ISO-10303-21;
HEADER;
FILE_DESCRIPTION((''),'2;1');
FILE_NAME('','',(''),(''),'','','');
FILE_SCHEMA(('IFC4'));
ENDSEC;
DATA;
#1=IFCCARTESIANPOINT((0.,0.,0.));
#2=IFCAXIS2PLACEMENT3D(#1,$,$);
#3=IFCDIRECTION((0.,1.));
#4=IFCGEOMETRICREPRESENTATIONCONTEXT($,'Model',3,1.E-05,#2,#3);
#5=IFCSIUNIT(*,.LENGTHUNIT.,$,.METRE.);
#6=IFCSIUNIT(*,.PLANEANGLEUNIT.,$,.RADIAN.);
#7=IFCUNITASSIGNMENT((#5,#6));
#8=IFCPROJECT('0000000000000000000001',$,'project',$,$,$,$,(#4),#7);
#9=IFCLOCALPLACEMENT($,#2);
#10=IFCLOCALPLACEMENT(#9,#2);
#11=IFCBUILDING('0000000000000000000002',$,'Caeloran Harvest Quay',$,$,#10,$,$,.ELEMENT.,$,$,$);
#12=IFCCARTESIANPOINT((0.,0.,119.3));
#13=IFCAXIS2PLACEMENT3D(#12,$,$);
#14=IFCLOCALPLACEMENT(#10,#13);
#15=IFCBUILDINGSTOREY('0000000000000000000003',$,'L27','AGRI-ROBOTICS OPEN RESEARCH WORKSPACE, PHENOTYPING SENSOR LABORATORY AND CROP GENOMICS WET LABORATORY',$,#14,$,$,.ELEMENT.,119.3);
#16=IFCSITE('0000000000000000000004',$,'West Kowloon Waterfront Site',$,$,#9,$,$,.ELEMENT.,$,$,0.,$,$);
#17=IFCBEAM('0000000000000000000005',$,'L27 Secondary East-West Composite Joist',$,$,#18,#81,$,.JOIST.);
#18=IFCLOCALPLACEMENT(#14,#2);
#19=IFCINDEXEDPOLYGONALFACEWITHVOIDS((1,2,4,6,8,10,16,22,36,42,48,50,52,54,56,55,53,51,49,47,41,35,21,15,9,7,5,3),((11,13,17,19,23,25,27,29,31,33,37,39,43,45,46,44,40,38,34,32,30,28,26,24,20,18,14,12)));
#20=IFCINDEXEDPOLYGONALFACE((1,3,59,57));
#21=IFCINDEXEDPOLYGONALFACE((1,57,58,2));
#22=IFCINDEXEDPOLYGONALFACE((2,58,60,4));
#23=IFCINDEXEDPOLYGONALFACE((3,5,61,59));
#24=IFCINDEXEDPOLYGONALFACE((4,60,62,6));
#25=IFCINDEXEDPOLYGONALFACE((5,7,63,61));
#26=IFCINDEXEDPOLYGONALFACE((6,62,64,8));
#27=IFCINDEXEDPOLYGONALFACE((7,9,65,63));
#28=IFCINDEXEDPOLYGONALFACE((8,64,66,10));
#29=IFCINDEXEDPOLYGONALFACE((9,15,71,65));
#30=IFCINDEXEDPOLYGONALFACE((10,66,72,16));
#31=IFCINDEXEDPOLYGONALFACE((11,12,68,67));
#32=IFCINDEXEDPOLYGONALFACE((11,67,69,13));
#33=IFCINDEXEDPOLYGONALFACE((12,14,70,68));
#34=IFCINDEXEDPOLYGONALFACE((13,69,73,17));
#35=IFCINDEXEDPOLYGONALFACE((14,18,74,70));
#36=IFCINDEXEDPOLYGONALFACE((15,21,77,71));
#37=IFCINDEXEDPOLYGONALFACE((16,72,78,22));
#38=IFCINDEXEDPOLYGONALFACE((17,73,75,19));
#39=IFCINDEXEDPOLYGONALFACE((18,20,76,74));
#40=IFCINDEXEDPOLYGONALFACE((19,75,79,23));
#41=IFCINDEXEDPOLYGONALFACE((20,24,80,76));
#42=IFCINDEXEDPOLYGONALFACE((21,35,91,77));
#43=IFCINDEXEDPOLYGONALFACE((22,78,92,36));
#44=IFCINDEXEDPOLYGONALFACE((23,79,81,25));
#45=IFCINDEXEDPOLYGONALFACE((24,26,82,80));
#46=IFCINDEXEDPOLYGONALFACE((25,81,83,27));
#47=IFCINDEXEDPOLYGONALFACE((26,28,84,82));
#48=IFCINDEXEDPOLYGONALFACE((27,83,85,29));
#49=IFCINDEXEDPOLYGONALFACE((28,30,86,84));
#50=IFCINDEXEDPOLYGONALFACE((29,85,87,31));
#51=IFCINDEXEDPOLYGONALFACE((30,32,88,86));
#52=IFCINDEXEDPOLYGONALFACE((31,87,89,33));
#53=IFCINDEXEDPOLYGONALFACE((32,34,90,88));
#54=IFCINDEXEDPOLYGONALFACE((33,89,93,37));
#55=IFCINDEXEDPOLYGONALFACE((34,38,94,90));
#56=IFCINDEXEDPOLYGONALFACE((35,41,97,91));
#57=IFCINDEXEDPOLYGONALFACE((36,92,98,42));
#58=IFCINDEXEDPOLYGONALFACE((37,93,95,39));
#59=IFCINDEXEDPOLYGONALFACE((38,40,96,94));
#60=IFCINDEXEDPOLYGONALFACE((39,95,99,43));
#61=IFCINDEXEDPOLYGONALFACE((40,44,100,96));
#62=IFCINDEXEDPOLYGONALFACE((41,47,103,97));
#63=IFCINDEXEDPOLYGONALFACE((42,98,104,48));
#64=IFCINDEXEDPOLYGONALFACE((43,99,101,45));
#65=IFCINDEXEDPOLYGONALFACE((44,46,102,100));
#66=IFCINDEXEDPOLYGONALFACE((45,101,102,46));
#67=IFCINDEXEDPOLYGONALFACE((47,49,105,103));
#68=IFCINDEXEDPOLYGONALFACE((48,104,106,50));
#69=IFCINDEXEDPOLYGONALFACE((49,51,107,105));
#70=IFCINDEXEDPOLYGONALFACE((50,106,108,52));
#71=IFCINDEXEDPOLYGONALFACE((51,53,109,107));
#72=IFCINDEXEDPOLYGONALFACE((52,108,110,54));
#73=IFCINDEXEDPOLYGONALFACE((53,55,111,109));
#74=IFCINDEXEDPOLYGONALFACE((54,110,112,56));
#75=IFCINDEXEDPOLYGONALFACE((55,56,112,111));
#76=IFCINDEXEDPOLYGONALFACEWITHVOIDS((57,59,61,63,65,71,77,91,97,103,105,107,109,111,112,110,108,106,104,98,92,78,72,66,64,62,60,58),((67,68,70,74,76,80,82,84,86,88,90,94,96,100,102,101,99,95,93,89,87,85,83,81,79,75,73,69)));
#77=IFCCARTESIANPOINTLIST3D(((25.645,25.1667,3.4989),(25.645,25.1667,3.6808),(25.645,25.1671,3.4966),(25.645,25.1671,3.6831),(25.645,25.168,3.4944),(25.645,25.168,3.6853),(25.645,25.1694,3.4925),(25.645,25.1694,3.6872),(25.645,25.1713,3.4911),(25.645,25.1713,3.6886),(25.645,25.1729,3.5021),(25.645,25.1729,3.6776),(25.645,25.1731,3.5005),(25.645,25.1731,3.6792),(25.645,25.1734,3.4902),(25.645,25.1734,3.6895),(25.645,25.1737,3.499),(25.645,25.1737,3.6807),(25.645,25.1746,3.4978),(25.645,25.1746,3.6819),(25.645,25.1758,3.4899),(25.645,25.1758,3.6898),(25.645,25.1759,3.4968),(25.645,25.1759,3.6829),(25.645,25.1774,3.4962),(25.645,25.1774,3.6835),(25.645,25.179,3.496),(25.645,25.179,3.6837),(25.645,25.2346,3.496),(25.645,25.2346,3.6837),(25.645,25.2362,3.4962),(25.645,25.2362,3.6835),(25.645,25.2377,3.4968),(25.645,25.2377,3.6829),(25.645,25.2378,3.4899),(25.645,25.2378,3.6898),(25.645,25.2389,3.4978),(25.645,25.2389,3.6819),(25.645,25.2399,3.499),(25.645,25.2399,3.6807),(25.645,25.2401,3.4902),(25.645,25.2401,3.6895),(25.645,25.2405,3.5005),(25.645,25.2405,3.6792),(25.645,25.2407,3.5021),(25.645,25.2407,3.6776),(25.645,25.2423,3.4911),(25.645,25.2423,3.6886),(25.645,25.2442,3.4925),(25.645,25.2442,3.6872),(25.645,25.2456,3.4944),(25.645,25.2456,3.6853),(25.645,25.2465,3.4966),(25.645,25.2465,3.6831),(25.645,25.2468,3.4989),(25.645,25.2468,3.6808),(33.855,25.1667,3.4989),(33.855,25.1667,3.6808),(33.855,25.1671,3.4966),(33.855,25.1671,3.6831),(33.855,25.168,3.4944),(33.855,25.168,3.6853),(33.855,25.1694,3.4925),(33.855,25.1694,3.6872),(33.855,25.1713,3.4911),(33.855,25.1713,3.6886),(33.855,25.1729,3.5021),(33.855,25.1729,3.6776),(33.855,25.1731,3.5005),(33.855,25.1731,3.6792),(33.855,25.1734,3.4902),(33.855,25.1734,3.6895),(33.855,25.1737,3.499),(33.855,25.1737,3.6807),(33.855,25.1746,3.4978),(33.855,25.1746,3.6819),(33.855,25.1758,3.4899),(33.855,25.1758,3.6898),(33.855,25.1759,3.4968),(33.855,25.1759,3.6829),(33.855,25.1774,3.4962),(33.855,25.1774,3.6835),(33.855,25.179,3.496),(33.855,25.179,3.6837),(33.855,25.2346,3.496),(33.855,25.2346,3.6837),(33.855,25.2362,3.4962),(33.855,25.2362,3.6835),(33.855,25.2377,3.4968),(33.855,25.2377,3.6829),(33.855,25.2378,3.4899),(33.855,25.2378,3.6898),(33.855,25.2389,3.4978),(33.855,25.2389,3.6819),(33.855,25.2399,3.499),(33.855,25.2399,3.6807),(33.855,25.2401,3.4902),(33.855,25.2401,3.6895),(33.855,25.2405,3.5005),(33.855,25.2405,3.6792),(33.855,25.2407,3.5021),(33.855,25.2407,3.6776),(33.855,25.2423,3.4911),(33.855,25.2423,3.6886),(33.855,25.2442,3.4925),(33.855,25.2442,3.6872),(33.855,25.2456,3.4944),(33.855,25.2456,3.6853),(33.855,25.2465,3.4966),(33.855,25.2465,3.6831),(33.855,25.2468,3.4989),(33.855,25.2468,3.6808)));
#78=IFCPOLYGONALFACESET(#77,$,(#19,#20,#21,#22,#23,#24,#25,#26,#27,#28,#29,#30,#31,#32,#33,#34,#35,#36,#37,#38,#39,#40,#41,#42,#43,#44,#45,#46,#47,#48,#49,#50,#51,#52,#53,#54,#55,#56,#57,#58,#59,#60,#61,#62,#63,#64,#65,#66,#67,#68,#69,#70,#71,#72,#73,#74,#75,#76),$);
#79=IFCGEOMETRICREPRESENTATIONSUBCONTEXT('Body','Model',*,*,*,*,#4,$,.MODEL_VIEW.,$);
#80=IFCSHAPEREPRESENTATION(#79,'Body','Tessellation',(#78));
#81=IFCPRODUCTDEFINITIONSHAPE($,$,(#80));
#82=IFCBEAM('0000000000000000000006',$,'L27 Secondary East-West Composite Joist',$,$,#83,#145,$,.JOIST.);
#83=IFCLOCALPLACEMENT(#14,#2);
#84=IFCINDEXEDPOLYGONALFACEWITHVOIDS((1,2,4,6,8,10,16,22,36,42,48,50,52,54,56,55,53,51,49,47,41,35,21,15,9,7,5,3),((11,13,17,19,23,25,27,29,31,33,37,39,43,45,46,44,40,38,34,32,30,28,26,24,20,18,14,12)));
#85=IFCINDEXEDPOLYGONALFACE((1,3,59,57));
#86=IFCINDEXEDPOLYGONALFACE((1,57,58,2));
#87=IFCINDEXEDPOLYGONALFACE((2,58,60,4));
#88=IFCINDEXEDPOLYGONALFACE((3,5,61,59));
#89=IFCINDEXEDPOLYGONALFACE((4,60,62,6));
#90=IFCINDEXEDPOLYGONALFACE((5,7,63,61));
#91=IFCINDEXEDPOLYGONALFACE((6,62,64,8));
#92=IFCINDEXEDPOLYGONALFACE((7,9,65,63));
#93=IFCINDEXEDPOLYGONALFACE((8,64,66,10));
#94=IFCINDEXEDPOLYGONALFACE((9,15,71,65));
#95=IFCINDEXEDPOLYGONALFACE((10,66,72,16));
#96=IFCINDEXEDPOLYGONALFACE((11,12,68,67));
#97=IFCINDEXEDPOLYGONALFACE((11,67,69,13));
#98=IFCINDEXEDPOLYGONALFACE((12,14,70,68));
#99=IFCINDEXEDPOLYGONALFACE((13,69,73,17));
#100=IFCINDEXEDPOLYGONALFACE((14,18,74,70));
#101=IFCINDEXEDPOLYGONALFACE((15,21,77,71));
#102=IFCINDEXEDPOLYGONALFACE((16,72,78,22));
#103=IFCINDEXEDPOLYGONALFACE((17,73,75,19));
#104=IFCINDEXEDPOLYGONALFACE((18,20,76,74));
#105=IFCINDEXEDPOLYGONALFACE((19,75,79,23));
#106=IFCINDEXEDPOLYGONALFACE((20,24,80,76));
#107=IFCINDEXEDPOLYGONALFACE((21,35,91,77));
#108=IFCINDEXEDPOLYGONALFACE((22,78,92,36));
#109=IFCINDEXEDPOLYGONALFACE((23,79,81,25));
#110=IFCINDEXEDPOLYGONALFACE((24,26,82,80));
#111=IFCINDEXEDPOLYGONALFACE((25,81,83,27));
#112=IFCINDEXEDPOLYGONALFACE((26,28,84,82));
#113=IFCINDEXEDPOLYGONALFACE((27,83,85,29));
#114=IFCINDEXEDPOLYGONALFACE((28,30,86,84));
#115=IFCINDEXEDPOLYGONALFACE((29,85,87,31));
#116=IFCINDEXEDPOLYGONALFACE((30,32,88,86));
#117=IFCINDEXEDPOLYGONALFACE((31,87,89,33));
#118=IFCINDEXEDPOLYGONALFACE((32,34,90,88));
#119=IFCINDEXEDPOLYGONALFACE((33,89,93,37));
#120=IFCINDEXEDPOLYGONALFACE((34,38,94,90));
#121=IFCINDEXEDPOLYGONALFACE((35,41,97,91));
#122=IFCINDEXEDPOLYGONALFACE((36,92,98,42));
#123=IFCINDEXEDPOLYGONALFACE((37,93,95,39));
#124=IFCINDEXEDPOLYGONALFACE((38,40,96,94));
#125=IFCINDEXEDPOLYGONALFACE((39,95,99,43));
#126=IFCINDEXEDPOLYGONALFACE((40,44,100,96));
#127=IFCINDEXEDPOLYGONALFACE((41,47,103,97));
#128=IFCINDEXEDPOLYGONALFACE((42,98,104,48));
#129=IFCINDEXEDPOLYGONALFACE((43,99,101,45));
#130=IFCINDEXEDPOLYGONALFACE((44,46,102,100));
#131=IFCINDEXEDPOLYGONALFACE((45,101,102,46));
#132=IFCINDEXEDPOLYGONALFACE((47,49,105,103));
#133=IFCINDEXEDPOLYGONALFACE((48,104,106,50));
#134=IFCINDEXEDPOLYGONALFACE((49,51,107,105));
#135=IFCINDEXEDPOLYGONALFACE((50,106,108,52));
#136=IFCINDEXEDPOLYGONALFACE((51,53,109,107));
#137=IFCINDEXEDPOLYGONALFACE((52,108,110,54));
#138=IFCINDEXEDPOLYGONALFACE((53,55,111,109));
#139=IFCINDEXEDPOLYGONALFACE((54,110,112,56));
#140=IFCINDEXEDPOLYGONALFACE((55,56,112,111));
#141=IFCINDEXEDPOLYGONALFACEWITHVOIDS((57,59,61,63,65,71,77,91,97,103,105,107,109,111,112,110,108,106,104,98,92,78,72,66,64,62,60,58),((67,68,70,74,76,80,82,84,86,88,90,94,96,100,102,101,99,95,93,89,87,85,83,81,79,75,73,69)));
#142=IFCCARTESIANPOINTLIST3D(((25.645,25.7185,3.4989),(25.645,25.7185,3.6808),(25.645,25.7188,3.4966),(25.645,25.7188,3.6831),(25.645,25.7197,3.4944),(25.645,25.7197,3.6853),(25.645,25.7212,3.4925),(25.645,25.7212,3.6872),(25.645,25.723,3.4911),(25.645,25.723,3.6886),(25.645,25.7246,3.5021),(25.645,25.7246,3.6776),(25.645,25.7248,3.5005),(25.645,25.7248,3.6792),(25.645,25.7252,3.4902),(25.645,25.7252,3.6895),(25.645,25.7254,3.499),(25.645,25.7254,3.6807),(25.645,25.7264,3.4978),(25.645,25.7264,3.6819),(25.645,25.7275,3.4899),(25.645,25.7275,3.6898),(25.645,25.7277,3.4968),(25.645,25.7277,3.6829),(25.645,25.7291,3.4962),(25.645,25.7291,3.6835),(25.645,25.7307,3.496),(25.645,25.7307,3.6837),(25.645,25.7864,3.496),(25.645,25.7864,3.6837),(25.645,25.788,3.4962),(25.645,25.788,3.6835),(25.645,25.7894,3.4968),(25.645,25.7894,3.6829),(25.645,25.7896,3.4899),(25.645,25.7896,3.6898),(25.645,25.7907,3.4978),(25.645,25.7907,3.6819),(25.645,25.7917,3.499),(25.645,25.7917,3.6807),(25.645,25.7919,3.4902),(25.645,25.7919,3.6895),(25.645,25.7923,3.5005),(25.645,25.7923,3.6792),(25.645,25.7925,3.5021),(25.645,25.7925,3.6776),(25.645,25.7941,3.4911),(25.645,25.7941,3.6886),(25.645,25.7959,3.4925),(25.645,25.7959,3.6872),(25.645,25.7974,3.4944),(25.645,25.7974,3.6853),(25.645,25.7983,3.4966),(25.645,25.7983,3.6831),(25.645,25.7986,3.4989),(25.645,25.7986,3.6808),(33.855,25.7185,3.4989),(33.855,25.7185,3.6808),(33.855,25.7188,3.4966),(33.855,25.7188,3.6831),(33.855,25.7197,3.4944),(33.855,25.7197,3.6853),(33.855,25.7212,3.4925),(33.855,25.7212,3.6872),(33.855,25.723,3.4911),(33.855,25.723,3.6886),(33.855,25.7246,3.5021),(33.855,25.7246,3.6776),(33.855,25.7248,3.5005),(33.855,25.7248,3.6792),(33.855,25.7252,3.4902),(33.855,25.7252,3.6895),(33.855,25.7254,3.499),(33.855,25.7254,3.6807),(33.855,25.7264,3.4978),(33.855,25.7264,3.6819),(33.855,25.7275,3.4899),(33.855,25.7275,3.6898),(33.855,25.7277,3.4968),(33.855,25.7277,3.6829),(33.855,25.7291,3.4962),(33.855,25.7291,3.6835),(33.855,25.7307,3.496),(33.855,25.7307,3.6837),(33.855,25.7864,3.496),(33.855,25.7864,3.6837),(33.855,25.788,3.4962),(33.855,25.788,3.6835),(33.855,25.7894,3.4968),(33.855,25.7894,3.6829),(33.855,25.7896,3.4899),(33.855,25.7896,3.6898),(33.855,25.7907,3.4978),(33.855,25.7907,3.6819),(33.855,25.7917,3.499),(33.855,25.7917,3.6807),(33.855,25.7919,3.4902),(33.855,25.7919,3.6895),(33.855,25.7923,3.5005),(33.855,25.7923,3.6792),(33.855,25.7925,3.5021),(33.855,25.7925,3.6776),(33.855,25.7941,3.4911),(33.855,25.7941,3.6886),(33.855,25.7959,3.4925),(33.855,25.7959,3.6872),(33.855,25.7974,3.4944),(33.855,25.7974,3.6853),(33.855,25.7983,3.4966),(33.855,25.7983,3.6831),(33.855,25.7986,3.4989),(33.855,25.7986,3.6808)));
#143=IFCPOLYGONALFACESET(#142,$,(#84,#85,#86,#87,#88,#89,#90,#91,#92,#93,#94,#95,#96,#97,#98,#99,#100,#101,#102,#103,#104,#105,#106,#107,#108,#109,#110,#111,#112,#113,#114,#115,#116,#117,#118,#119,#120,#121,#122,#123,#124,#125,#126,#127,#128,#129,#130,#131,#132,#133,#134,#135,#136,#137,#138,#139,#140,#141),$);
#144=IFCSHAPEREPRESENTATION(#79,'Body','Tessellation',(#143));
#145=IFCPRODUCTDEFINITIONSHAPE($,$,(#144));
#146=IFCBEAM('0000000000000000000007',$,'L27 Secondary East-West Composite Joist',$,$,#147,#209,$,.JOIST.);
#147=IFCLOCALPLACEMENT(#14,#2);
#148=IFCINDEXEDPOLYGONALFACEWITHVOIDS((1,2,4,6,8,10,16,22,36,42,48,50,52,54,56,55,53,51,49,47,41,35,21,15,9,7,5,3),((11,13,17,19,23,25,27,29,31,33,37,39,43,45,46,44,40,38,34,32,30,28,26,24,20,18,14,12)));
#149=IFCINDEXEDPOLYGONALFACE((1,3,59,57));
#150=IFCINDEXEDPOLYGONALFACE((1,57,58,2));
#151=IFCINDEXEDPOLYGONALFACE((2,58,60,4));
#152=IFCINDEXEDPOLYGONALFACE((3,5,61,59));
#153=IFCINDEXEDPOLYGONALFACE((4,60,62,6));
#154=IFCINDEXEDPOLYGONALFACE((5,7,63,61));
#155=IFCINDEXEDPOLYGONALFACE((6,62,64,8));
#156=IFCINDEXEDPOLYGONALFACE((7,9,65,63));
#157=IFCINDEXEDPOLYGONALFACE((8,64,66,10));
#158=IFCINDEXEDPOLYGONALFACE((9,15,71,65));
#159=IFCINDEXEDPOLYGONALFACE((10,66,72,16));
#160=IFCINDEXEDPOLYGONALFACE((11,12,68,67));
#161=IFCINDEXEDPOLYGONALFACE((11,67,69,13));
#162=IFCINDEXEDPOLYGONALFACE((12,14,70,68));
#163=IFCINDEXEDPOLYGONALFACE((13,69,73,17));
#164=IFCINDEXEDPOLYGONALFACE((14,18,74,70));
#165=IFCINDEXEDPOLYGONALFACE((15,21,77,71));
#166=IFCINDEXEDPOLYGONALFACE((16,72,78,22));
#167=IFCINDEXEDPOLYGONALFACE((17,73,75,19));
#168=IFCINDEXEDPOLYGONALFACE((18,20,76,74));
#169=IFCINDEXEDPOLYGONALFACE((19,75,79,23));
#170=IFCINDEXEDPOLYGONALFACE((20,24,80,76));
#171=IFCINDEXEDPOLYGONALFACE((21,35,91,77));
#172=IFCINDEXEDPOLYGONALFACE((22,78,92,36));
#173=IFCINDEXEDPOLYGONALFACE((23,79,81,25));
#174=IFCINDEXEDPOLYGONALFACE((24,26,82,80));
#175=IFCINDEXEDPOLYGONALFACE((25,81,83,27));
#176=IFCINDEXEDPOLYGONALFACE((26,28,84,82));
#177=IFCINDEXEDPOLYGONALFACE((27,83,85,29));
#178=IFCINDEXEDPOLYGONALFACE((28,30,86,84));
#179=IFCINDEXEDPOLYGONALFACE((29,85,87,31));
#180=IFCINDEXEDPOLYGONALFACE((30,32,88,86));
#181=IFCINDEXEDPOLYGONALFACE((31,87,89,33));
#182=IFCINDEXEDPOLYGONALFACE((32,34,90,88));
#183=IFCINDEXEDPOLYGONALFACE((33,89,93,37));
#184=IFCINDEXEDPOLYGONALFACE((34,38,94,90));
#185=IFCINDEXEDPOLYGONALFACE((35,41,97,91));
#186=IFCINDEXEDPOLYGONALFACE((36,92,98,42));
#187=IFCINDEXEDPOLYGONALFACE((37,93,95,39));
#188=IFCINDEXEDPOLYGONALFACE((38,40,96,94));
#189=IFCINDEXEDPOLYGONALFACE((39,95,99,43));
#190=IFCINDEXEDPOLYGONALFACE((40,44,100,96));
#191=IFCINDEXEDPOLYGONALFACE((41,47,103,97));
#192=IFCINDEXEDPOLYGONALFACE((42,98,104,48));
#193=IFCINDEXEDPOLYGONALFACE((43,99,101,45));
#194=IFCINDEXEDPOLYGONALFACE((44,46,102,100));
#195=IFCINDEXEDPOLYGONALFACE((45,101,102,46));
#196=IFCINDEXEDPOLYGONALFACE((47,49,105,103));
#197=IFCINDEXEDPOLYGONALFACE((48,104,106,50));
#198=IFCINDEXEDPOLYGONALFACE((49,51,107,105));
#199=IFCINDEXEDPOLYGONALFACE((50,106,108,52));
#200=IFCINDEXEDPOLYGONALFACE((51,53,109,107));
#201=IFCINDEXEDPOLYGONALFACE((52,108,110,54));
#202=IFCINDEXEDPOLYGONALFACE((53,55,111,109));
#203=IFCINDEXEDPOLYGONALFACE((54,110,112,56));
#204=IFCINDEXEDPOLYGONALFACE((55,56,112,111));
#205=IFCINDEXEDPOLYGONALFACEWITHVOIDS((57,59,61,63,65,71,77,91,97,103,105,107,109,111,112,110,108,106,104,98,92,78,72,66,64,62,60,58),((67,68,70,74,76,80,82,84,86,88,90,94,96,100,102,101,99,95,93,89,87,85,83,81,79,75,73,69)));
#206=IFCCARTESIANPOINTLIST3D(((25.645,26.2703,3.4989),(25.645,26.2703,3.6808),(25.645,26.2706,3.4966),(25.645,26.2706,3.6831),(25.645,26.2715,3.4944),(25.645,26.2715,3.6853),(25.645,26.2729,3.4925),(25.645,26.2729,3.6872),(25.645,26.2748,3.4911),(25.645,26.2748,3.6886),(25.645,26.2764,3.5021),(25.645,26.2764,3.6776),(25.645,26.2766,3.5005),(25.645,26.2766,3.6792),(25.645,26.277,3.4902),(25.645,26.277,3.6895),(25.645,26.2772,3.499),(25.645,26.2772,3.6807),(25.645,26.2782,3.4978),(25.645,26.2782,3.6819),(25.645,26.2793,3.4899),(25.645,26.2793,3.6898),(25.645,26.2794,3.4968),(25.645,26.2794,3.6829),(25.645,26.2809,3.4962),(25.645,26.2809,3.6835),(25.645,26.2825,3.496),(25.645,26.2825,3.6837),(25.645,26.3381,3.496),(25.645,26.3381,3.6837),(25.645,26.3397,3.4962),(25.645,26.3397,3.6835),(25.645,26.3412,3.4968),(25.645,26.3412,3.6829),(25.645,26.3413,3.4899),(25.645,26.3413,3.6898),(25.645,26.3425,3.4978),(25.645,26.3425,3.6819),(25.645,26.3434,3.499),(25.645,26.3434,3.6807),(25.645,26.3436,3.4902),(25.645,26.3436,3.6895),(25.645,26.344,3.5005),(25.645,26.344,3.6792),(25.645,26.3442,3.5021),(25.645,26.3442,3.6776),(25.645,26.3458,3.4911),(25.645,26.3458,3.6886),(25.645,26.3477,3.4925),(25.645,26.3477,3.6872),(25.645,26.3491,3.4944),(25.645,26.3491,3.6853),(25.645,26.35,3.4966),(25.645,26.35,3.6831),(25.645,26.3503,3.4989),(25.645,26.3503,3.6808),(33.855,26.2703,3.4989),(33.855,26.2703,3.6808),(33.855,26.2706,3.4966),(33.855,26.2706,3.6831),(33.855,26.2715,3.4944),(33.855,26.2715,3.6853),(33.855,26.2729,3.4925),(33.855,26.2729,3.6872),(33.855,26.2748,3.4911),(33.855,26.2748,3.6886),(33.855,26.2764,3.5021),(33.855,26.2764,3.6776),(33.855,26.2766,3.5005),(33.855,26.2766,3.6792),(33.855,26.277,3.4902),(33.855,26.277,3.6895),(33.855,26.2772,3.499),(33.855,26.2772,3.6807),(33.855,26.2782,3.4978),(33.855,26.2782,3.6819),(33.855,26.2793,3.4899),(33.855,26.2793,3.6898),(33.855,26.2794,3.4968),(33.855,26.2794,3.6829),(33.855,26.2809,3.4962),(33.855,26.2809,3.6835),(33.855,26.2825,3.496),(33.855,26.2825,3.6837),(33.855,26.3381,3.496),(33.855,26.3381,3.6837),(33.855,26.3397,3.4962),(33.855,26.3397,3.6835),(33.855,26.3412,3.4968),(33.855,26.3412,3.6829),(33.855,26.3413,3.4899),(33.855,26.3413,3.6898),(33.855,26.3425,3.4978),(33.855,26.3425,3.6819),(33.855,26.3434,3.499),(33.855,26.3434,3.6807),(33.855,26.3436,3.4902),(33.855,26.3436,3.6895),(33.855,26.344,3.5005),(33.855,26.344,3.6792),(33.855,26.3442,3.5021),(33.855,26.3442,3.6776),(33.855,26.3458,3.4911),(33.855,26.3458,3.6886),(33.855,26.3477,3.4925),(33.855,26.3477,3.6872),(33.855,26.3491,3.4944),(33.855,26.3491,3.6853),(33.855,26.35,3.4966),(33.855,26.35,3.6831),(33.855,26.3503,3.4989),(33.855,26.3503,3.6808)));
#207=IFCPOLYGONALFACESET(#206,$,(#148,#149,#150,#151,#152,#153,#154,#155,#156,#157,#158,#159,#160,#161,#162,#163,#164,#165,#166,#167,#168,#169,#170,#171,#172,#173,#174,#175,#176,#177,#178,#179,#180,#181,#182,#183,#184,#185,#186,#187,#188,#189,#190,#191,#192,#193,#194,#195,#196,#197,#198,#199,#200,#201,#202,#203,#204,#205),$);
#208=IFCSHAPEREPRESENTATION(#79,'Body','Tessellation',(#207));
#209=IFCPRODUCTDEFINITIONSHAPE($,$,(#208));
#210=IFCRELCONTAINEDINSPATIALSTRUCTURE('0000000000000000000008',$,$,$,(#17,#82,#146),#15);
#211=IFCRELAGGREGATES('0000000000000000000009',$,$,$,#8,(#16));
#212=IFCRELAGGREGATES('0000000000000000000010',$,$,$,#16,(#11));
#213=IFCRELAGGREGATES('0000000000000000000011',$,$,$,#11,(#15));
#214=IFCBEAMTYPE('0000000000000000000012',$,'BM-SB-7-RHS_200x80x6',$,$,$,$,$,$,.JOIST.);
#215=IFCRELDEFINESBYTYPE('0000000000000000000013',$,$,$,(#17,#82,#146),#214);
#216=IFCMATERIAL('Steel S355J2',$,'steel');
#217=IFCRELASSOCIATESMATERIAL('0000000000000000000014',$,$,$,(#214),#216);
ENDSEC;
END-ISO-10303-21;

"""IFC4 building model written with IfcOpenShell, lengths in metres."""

from ifc_helpers import new_model, si_unit, direction, frame, origin, origin_2d, place, context, subcontext, project, spatial, hollow_rectangle, extrude, material, material_profile, profile_set, type_object, element, save


model = new_model("IFC4")

# Units and contexts
model_context = context("Model", 3, precision=1e-05, world=origin(), true_north=direction((0.0, 1.0)))
body_context = subcontext(model_context, "Body", "Model", "MODEL_VIEW")
ifc_project = project(units=[si_unit("LENGTHUNIT", "METRE"), si_unit("PLANEANGLEUNIT", "RADIAN")], contexts=[model_context])

# Site, building, storey
site_placement = place(None, origin())
site = spatial("IfcSite", under=ifc_project, at=site_placement, Name="West Kowloon Waterfront Site", CompositionType="ELEMENT", RefElevation=0.0)
building_placement = place(site_placement, origin())
building = spatial("IfcBuilding", under=site, at=building_placement, Name="Caeloran Harvest Quay", CompositionType="ELEMENT")
storey_placement = place(building_placement, frame((0.0, 0.0, 119.3)))
storey = spatial("IfcBuildingStorey", under=building, at=storey_placement, Name="L27", Description="AGRI-ROBOTICS OPEN RESEARCH WORKSPACE, PHENOTYPING SENSOR LABORATORY AND CROP GENOMICS WET LABORATORY", CompositionType="ELEMENT", Elevation=119.3)

# Beams
ifc_material_1 = material(Name="Steel S355J2", Category="steel")
ifc_material_profile_1 = material_profile(ifc_material_1, hollow_rectangle(XDim=0.0801, YDim=0.2, WallThickness=0.0061, InnerFilletRadius=0.0061, OuterFilletRadius=0.009, at=origin_2d()), Name="RHS 200x80x6")
ifc_profile_set_1 = profile_set([ifc_material_profile_1], Name="Steel S355J2")
beam_type_1 = type_object("IfcBeamType", Name="BM-SB-7-RHS_200x80x6", PredefinedType="JOIST", material=ifc_profile_set_1)
for number, where, z_axis, x_axis, name in (
    (1, (25.645, 25.2068, 3.5898), (1.0, 0.0, 0.0), (0.0, 1.0, 0.0), "L27 Secondary East-West Composite Joist"),
    (2, (25.645, 25.7585, 3.5898), (1.0, 0.0, 0.0), (0.0, 1.0, 0.0), "L27 Secondary East-West Composite Joist"),
    (3, (25.645, 26.3103, 3.5898), (1.0, 0.0, 0.0), (0.0, 1.0, 0.0), "L27 Secondary East-West Composite Joist"),
):
    element("IfcBeam", number, at=place(storey_placement, frame(where, z_axis=z_axis, x_axis=x_axis)), inside=storey, type_object=beam_type_1, Name=name, PredefinedType="JOIST", context=body_context, shape_type="SweptSolid", body=[
        extrude(hollow_rectangle(XDim=0.0801, YDim=0.2, WallThickness=0.0061, InnerFilletRadius=0.0061, OuterFilletRadius=0.009, at=origin_2d()), origin(), (0.0, 0.0, 1.0), 8.21),
    ])

save(model, "model.ifc")
